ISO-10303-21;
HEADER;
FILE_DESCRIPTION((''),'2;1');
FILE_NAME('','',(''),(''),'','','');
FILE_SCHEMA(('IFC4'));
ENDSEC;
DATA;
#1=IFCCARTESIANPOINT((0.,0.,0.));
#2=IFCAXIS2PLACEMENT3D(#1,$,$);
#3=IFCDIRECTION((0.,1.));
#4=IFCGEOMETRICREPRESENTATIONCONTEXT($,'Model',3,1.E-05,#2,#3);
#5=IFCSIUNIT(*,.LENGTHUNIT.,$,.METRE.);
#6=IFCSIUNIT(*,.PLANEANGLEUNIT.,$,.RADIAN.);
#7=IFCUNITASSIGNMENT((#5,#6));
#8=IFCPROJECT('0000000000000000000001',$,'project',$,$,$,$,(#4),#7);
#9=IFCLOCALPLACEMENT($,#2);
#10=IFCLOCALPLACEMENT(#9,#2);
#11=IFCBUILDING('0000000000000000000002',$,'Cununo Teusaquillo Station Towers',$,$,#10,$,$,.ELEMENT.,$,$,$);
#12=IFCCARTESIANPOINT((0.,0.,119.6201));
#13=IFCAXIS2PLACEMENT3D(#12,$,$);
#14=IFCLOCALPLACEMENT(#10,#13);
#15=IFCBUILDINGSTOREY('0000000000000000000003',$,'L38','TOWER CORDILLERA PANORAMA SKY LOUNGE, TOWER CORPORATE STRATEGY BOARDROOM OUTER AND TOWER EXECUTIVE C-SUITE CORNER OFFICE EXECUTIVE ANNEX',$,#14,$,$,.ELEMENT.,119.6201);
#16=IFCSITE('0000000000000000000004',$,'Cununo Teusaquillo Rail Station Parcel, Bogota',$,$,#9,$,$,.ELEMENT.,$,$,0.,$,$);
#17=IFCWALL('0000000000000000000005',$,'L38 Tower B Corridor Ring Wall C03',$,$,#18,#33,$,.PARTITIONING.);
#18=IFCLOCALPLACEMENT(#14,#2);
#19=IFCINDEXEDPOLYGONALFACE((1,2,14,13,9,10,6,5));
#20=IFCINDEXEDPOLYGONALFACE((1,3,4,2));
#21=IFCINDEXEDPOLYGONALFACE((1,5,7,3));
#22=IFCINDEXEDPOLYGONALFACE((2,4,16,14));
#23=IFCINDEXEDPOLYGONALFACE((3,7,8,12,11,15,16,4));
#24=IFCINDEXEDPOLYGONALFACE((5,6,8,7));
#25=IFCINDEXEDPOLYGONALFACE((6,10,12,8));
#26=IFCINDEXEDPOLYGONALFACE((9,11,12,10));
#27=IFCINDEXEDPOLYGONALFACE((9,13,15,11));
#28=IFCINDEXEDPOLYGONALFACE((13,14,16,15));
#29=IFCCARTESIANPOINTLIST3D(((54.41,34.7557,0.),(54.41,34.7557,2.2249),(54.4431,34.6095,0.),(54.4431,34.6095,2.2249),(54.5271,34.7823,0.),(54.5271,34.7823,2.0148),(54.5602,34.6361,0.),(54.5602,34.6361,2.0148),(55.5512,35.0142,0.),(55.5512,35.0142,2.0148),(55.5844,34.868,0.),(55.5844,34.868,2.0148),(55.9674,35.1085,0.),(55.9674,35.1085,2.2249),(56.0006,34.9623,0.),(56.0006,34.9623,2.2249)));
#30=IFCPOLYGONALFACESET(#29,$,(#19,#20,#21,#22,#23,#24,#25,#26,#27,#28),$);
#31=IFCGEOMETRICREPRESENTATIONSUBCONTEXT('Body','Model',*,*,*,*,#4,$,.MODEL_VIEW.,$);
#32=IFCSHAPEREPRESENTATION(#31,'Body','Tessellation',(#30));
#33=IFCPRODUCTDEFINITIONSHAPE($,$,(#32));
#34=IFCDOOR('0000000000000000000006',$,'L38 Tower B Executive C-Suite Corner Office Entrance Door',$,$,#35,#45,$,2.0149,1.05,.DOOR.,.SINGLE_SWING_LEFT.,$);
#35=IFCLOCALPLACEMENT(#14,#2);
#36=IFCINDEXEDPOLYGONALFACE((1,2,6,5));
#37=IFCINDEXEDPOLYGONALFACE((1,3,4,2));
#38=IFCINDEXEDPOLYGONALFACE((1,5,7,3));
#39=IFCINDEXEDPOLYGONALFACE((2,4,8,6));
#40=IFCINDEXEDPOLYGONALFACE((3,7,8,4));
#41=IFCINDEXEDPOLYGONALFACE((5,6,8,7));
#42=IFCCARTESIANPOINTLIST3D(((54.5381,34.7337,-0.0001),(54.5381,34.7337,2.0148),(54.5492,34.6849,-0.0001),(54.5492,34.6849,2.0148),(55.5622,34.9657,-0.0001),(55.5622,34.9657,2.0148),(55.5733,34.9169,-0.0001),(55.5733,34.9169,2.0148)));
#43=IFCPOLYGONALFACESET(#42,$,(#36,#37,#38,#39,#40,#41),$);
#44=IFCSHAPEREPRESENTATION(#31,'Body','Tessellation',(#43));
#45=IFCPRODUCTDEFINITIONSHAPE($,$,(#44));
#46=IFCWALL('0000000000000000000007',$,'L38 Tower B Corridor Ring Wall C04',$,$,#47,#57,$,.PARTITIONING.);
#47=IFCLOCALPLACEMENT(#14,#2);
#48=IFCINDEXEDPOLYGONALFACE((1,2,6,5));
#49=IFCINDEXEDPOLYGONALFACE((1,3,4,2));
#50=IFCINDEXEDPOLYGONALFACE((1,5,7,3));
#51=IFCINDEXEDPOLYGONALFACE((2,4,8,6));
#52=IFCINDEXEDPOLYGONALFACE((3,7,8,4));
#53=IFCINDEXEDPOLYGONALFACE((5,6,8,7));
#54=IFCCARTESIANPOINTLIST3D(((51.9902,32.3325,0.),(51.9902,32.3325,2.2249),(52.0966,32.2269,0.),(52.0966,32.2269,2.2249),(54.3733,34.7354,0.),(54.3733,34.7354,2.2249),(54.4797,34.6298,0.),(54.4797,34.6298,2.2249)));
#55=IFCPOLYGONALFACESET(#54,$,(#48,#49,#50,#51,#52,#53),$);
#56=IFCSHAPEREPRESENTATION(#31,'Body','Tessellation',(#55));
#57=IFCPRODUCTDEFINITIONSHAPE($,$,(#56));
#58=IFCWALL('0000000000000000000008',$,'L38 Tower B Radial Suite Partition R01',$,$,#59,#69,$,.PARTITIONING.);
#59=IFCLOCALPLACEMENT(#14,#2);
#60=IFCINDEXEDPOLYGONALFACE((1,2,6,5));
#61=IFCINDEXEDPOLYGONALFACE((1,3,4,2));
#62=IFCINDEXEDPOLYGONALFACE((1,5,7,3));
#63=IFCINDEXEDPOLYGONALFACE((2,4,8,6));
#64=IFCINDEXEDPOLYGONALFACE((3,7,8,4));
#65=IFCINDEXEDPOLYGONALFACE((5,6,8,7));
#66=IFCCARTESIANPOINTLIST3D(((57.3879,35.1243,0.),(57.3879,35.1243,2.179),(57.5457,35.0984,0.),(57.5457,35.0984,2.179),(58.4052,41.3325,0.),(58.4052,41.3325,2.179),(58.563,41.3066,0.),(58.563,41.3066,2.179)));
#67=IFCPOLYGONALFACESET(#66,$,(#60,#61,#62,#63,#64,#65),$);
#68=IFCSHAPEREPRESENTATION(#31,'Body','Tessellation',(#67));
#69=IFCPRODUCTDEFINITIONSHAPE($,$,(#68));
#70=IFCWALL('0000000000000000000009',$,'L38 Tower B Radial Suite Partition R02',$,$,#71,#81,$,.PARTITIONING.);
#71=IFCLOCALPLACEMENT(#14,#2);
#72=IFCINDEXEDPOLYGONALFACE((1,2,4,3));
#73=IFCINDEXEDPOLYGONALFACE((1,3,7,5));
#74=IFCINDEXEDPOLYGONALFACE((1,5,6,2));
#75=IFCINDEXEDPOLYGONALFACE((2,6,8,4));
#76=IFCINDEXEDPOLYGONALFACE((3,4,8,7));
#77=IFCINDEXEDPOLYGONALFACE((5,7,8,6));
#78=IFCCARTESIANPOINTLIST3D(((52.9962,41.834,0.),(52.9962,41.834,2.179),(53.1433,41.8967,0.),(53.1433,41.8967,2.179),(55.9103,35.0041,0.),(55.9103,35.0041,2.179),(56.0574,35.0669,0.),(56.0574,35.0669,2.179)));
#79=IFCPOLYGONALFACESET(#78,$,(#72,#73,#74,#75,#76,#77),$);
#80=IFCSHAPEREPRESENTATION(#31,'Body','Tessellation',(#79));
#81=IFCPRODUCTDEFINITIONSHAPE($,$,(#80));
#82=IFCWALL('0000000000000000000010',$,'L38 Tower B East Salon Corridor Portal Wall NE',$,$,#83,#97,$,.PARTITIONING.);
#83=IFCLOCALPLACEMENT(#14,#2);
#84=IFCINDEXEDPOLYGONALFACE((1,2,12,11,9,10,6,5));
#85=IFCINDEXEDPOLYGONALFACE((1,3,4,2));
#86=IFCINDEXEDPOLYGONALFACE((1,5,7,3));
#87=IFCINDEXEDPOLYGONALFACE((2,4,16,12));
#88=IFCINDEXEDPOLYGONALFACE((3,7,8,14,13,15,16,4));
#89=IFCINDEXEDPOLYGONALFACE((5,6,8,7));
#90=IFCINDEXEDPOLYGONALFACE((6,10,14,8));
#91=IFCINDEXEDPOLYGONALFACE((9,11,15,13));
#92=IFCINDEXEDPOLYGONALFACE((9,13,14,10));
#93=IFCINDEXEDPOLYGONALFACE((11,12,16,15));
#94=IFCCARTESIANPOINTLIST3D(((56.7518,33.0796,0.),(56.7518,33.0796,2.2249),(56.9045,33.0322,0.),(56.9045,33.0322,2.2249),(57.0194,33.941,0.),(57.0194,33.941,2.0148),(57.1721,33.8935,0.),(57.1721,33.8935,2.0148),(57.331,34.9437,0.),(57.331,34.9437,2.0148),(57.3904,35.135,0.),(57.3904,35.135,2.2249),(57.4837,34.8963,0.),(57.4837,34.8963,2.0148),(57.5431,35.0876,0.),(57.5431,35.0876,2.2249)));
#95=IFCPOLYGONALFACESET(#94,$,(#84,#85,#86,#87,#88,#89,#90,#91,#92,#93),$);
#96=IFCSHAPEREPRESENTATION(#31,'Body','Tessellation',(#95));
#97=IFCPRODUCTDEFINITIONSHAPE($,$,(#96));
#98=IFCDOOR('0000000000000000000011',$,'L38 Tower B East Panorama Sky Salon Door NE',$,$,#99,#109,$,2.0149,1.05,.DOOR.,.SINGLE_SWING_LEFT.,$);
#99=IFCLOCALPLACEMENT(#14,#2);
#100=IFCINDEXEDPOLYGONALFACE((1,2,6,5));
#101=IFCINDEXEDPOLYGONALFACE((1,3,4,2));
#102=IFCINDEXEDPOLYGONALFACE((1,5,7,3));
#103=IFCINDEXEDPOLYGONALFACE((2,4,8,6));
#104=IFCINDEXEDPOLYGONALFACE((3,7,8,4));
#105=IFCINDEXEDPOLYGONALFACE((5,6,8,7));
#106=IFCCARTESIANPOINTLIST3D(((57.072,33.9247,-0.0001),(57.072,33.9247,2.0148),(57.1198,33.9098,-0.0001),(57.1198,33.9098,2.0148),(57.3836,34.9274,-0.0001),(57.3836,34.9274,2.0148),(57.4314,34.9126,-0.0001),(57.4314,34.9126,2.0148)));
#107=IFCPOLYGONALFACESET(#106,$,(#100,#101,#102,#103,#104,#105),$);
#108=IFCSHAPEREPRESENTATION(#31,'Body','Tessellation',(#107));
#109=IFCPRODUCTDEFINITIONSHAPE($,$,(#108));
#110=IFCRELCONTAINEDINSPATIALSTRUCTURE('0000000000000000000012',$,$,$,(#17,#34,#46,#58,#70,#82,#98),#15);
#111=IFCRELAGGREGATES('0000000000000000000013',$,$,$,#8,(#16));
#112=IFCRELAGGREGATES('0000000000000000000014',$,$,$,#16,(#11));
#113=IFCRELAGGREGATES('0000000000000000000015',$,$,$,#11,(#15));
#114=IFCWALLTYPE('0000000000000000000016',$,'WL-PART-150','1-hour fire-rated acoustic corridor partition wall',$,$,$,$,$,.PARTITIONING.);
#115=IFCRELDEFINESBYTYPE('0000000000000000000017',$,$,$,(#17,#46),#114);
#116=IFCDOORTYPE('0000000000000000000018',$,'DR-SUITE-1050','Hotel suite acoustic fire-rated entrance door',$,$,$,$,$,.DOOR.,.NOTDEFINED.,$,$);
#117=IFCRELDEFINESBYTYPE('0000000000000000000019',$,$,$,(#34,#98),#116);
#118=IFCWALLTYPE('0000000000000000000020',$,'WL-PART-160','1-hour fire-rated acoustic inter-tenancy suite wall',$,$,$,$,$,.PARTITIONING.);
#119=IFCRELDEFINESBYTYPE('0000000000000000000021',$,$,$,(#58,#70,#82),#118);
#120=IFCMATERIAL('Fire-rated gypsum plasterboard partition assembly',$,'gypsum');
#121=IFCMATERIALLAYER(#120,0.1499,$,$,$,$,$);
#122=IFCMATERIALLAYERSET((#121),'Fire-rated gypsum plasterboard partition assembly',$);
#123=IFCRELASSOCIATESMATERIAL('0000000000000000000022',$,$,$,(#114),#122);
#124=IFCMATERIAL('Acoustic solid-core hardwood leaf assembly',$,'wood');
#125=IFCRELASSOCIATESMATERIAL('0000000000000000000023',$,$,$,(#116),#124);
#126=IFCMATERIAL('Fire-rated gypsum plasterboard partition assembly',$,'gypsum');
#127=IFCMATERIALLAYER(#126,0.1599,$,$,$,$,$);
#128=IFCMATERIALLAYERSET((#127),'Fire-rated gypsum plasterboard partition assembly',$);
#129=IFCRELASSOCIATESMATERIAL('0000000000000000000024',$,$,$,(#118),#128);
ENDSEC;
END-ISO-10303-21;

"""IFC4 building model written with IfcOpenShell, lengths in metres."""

from ifc_helpers import new_model, si_unit, direction, frame, frame_2d, origin, place, context, subcontext, project, spatial, rectangle, extrude, source, transform, mapped, material, layer, layer_set, type_object, element, fill, save


model = new_model("IFC4")

# Units and contexts
model_context = context("Model", 3, precision=1e-05, world=origin(), true_north=direction((0.0, 1.0)))
body_context = subcontext(model_context, "Body", "Model", "MODEL_VIEW")
ifc_project = project(units=[si_unit("LENGTHUNIT", "METRE"), si_unit("PLANEANGLEUNIT", "RADIAN")], contexts=[model_context])

# Site, building, storey
site_placement = place(None, origin())
site = spatial("IfcSite", under=ifc_project, at=site_placement, Name="Cununo Teusaquillo Rail Station Parcel, Bogota", CompositionType="ELEMENT", RefElevation=0.0)
building_placement = place(site_placement, origin())
building = spatial("IfcBuilding", under=site, at=building_placement, Name="Cununo Teusaquillo Station Towers", CompositionType="ELEMENT")
storey_placement = place(building_placement, frame((0.0, 0.0, 119.6201)))
storey = spatial("IfcBuildingStorey", under=building, at=storey_placement, Name="L38", Description="TOWER CORDILLERA PANORAMA SKY LOUNGE, TOWER CORPORATE STRATEGY BOARDROOM OUTER AND TOWER EXECUTIVE C-SUITE CORNER OFFICE EXECUTIVE ANNEX", CompositionType="ELEMENT", Elevation=119.6201)

# Shared definitions
ifc_material_1 = material(Name="Fire-rated gypsum plasterboard partition assembly", Category="gypsum")
ifc_layer_1 = layer(ifc_material_1, 0.1499)
ifc_layer_set_1 = layer_set([ifc_layer_1], Name="Fire-rated gypsum plasterboard partition assembly")
wall_type_1 = type_object("IfcWallType", Name="WL-PART-150", Description="1-hour fire-rated acoustic corridor partition wall", PredefinedType="PARTITIONING", material=ifc_layer_set_1)

# Wall, opening, door
wall_1_placement = place(storey_placement, frame((55.9839, 35.0354, 0.0), z_axis=(0.0, 0.0, 1.0), x_axis=(-0.97529, -0.220927, 0.0)))
wall_1 = element("IfcWall", 1, at=wall_1_placement, inside=storey, type_object=wall_type_1, Name="L38 Tower B Corridor Ring Wall C03", PredefinedType="PARTITIONING", context=body_context, shape_type="SweptSolid", body=[
    extrude(rectangle(XDim=1.5969, YDim=0.1499, at=frame_2d((0.7983, 0.0))), origin(), (0.0, 0.0, 1.0), 2.2249),
])
shared_shape_1 = source(origin(), body_context, "Body", "SweptSolid", [
    extrude(rectangle(XDim=1.05, YDim=2.0149, at=frame_2d((0.5249, 1.0073))), frame((0.0, 0.085, 0.0), z_axis=(0.0, -1.0, 0.0), x_axis=(1.0, 0.0, 0.0)), (0.0, 0.0, 1.0), 0.1699),
])
opening_1_placement = place(wall_1_placement, frame((0.4268, 0.0, 0.0)))
opening_1 = element("IfcOpeningElement", 2, at=opening_1_placement, cuts=wall_1, PredefinedType="OPENING", context=body_context, shape_type="MappedRepresentation", body=[
    mapped(shared_shape_1, transform((0.0, 0.0, 0.0), x_axis=(1.0, 0.0, 0.0), y_axis=(0.0, 1.0, 0.0), z_axis=(0.0, 0.0, 1.0), scale=1.0)),
])
ifc_material_2 = material(Name="Acoustic solid-core hardwood leaf assembly", Category="wood")
door_type = type_object("IfcDoorType", Name="DR-SUITE-1050", Description="Hotel suite acoustic fire-rated entrance door", OperationType="NOTDEFINED", PredefinedType="DOOR", material=ifc_material_2)
shared_shape_2 = source(origin(), body_context, "Body", "SweptSolid", [
    extrude(rectangle(XDim=1.05, YDim=2.0149, at=frame_2d((0.5249, 1.0073))), frame((0.0, 0.0249, 0.0), z_axis=(0.0, -1.0, 0.0), x_axis=(1.0, 0.0, 0.0)), (0.0, 0.0, 1.0), 0.05),
])
door_1_placement = place(opening_1_placement, origin())
door_1 = element("IfcDoor", 3, at=door_1_placement, inside=storey, type_object=door_type, Name="L38 Tower B Executive C-Suite Corner Office Entrance Door", OperationType="SINGLE_SWING_LEFT", OverallHeight=2.0149, OverallWidth=1.05, PredefinedType="DOOR", context=body_context, shape_type="MappedRepresentation", body=[
    mapped(shared_shape_2, transform((0.0, 0.0, 0.0), x_axis=(1.0, 0.0, 0.0), y_axis=(0.0, 1.0, 0.0), z_axis=(0.0, 0.0, 1.0), scale=1.0)),
])
fill(opening_1, door_1)

# Walls
wall_2_placement = place(storey_placement, frame((54.4265, 34.6826, 0.0), z_axis=(0.0, 0.0, 1.0), x_axis=(-0.704179, -0.710022, 0.0)))
element("IfcWall", 4, at=wall_2_placement, inside=storey, type_object=wall_type_1, Name="L38 Tower B Corridor Ring Wall C04", PredefinedType="PARTITIONING", context=body_context, shape_type="SweptSolid", body=[
    extrude(rectangle(XDim=3.3843, YDim=0.1499, at=frame_2d((1.6921, 0.0))), origin(), (0.0, 0.0, 1.0), 2.2249),
])
ifc_material_3 = material(Name="Fire-rated gypsum plasterboard partition assembly", Category="gypsum")
ifc_layer_2 = layer(ifc_material_3, 0.1599)
ifc_layer_set_2 = layer_set([ifc_layer_2], Name="Fire-rated gypsum plasterboard partition assembly")
wall_type_2 = type_object("IfcWallType", Name="WL-PART-160", Description="1-hour fire-rated acoustic inter-tenancy suite wall", PredefinedType="PARTITIONING", material=ifc_layer_set_2)
wall_3_placement = place(storey_placement, frame((57.4668, 35.1113, 0.0), z_axis=(0.0, 0.0, 1.0), x_axis=(0.161711, 0.986838, 0.0)))
element("IfcWall", 5, at=wall_3_placement, inside=storey, type_object=wall_type_2, Name="L38 Tower B Radial Suite Partition R01", PredefinedType="PARTITIONING", context=body_context, shape_type="SweptSolid", body=[
    extrude(rectangle(XDim=6.291, YDim=0.1599, at=frame_2d((3.1455, 0.0))), origin(), (0.0, 0.0, 1.0), 2.179),
])
wall_4_placement = place(storey_placement, frame((55.9839, 35.0354, 0.0), z_axis=(0.0, 0.0, 1.0), x_axis=(-0.392439, 0.919778, 0.0)))
element("IfcWall", 6, at=wall_4_placement, inside=storey, type_object=wall_type_2, Name="L38 Tower B Radial Suite Partition R02", PredefinedType="PARTITIONING", context=body_context, shape_type="SweptSolid", body=[
    extrude(rectangle(XDim=7.4255, YDim=0.1599, at=frame_2d((3.7129, 0.0))), origin(), (0.0, 0.0, 1.0), 2.179),
])

# Wall, opening, door
wall_5_placement = place(storey_placement, frame((56.8281, 33.0559, 0.0), z_axis=(0.0, 0.0, 1.0), x_axis=(0.296731, 0.954961, 0.0)))
wall_5 = element("IfcWall", 7, at=wall_5_placement, inside=storey, type_object=wall_type_2, Name="L38 Tower B East Salon Corridor Portal Wall NE", PredefinedType="PARTITIONING", context=body_context, shape_type="SweptSolid", body=[
    extrude(rectangle(XDim=2.1523, YDim=0.1599, at=frame_2d((1.0762, 0.0))), origin(), (0.0, 0.0, 1.0), 2.2249),
])
shared_shape_3 = source(origin(), body_context, "Body", "SweptSolid", [
    extrude(rectangle(XDim=1.05, YDim=2.0149, at=frame_2d((0.5249, 1.0073))), frame((0.0, 0.0898, 0.0), z_axis=(0.0, -1.0, 0.0), x_axis=(1.0, 0.0, 0.0)), (0.0, 0.0, 1.0), 0.1799),
])
opening_2_placement = place(wall_5_placement, frame((0.9021, 0.0, 0.0)))
opening_2 = element("IfcOpeningElement", 8, at=opening_2_placement, cuts=wall_5, PredefinedType="OPENING", context=body_context, shape_type="MappedRepresentation", body=[
    mapped(shared_shape_3, transform((0.0, 0.0, 0.0), x_axis=(1.0, 0.0, 0.0), y_axis=(0.0, 1.0, 0.0), z_axis=(0.0, 0.0, 1.0), scale=1.0)),
])
door_2_placement = place(opening_2_placement, origin())
door_2 = element("IfcDoor", 9, at=door_2_placement, inside=storey, type_object=door_type, Name="L38 Tower B East Panorama Sky Salon Door NE", OperationType="SINGLE_SWING_LEFT", OverallHeight=2.0149, OverallWidth=1.05, PredefinedType="DOOR", context=body_context, shape_type="MappedRepresentation", body=[
    mapped(shared_shape_2, transform((0.0, 0.0, 0.0), x_axis=(1.0, 0.0, 0.0), y_axis=(0.0, 1.0, 0.0), z_axis=(0.0, 0.0, 1.0), scale=1.0)),
])
fill(opening_2, door_2)

save(model, "model.ifc")
